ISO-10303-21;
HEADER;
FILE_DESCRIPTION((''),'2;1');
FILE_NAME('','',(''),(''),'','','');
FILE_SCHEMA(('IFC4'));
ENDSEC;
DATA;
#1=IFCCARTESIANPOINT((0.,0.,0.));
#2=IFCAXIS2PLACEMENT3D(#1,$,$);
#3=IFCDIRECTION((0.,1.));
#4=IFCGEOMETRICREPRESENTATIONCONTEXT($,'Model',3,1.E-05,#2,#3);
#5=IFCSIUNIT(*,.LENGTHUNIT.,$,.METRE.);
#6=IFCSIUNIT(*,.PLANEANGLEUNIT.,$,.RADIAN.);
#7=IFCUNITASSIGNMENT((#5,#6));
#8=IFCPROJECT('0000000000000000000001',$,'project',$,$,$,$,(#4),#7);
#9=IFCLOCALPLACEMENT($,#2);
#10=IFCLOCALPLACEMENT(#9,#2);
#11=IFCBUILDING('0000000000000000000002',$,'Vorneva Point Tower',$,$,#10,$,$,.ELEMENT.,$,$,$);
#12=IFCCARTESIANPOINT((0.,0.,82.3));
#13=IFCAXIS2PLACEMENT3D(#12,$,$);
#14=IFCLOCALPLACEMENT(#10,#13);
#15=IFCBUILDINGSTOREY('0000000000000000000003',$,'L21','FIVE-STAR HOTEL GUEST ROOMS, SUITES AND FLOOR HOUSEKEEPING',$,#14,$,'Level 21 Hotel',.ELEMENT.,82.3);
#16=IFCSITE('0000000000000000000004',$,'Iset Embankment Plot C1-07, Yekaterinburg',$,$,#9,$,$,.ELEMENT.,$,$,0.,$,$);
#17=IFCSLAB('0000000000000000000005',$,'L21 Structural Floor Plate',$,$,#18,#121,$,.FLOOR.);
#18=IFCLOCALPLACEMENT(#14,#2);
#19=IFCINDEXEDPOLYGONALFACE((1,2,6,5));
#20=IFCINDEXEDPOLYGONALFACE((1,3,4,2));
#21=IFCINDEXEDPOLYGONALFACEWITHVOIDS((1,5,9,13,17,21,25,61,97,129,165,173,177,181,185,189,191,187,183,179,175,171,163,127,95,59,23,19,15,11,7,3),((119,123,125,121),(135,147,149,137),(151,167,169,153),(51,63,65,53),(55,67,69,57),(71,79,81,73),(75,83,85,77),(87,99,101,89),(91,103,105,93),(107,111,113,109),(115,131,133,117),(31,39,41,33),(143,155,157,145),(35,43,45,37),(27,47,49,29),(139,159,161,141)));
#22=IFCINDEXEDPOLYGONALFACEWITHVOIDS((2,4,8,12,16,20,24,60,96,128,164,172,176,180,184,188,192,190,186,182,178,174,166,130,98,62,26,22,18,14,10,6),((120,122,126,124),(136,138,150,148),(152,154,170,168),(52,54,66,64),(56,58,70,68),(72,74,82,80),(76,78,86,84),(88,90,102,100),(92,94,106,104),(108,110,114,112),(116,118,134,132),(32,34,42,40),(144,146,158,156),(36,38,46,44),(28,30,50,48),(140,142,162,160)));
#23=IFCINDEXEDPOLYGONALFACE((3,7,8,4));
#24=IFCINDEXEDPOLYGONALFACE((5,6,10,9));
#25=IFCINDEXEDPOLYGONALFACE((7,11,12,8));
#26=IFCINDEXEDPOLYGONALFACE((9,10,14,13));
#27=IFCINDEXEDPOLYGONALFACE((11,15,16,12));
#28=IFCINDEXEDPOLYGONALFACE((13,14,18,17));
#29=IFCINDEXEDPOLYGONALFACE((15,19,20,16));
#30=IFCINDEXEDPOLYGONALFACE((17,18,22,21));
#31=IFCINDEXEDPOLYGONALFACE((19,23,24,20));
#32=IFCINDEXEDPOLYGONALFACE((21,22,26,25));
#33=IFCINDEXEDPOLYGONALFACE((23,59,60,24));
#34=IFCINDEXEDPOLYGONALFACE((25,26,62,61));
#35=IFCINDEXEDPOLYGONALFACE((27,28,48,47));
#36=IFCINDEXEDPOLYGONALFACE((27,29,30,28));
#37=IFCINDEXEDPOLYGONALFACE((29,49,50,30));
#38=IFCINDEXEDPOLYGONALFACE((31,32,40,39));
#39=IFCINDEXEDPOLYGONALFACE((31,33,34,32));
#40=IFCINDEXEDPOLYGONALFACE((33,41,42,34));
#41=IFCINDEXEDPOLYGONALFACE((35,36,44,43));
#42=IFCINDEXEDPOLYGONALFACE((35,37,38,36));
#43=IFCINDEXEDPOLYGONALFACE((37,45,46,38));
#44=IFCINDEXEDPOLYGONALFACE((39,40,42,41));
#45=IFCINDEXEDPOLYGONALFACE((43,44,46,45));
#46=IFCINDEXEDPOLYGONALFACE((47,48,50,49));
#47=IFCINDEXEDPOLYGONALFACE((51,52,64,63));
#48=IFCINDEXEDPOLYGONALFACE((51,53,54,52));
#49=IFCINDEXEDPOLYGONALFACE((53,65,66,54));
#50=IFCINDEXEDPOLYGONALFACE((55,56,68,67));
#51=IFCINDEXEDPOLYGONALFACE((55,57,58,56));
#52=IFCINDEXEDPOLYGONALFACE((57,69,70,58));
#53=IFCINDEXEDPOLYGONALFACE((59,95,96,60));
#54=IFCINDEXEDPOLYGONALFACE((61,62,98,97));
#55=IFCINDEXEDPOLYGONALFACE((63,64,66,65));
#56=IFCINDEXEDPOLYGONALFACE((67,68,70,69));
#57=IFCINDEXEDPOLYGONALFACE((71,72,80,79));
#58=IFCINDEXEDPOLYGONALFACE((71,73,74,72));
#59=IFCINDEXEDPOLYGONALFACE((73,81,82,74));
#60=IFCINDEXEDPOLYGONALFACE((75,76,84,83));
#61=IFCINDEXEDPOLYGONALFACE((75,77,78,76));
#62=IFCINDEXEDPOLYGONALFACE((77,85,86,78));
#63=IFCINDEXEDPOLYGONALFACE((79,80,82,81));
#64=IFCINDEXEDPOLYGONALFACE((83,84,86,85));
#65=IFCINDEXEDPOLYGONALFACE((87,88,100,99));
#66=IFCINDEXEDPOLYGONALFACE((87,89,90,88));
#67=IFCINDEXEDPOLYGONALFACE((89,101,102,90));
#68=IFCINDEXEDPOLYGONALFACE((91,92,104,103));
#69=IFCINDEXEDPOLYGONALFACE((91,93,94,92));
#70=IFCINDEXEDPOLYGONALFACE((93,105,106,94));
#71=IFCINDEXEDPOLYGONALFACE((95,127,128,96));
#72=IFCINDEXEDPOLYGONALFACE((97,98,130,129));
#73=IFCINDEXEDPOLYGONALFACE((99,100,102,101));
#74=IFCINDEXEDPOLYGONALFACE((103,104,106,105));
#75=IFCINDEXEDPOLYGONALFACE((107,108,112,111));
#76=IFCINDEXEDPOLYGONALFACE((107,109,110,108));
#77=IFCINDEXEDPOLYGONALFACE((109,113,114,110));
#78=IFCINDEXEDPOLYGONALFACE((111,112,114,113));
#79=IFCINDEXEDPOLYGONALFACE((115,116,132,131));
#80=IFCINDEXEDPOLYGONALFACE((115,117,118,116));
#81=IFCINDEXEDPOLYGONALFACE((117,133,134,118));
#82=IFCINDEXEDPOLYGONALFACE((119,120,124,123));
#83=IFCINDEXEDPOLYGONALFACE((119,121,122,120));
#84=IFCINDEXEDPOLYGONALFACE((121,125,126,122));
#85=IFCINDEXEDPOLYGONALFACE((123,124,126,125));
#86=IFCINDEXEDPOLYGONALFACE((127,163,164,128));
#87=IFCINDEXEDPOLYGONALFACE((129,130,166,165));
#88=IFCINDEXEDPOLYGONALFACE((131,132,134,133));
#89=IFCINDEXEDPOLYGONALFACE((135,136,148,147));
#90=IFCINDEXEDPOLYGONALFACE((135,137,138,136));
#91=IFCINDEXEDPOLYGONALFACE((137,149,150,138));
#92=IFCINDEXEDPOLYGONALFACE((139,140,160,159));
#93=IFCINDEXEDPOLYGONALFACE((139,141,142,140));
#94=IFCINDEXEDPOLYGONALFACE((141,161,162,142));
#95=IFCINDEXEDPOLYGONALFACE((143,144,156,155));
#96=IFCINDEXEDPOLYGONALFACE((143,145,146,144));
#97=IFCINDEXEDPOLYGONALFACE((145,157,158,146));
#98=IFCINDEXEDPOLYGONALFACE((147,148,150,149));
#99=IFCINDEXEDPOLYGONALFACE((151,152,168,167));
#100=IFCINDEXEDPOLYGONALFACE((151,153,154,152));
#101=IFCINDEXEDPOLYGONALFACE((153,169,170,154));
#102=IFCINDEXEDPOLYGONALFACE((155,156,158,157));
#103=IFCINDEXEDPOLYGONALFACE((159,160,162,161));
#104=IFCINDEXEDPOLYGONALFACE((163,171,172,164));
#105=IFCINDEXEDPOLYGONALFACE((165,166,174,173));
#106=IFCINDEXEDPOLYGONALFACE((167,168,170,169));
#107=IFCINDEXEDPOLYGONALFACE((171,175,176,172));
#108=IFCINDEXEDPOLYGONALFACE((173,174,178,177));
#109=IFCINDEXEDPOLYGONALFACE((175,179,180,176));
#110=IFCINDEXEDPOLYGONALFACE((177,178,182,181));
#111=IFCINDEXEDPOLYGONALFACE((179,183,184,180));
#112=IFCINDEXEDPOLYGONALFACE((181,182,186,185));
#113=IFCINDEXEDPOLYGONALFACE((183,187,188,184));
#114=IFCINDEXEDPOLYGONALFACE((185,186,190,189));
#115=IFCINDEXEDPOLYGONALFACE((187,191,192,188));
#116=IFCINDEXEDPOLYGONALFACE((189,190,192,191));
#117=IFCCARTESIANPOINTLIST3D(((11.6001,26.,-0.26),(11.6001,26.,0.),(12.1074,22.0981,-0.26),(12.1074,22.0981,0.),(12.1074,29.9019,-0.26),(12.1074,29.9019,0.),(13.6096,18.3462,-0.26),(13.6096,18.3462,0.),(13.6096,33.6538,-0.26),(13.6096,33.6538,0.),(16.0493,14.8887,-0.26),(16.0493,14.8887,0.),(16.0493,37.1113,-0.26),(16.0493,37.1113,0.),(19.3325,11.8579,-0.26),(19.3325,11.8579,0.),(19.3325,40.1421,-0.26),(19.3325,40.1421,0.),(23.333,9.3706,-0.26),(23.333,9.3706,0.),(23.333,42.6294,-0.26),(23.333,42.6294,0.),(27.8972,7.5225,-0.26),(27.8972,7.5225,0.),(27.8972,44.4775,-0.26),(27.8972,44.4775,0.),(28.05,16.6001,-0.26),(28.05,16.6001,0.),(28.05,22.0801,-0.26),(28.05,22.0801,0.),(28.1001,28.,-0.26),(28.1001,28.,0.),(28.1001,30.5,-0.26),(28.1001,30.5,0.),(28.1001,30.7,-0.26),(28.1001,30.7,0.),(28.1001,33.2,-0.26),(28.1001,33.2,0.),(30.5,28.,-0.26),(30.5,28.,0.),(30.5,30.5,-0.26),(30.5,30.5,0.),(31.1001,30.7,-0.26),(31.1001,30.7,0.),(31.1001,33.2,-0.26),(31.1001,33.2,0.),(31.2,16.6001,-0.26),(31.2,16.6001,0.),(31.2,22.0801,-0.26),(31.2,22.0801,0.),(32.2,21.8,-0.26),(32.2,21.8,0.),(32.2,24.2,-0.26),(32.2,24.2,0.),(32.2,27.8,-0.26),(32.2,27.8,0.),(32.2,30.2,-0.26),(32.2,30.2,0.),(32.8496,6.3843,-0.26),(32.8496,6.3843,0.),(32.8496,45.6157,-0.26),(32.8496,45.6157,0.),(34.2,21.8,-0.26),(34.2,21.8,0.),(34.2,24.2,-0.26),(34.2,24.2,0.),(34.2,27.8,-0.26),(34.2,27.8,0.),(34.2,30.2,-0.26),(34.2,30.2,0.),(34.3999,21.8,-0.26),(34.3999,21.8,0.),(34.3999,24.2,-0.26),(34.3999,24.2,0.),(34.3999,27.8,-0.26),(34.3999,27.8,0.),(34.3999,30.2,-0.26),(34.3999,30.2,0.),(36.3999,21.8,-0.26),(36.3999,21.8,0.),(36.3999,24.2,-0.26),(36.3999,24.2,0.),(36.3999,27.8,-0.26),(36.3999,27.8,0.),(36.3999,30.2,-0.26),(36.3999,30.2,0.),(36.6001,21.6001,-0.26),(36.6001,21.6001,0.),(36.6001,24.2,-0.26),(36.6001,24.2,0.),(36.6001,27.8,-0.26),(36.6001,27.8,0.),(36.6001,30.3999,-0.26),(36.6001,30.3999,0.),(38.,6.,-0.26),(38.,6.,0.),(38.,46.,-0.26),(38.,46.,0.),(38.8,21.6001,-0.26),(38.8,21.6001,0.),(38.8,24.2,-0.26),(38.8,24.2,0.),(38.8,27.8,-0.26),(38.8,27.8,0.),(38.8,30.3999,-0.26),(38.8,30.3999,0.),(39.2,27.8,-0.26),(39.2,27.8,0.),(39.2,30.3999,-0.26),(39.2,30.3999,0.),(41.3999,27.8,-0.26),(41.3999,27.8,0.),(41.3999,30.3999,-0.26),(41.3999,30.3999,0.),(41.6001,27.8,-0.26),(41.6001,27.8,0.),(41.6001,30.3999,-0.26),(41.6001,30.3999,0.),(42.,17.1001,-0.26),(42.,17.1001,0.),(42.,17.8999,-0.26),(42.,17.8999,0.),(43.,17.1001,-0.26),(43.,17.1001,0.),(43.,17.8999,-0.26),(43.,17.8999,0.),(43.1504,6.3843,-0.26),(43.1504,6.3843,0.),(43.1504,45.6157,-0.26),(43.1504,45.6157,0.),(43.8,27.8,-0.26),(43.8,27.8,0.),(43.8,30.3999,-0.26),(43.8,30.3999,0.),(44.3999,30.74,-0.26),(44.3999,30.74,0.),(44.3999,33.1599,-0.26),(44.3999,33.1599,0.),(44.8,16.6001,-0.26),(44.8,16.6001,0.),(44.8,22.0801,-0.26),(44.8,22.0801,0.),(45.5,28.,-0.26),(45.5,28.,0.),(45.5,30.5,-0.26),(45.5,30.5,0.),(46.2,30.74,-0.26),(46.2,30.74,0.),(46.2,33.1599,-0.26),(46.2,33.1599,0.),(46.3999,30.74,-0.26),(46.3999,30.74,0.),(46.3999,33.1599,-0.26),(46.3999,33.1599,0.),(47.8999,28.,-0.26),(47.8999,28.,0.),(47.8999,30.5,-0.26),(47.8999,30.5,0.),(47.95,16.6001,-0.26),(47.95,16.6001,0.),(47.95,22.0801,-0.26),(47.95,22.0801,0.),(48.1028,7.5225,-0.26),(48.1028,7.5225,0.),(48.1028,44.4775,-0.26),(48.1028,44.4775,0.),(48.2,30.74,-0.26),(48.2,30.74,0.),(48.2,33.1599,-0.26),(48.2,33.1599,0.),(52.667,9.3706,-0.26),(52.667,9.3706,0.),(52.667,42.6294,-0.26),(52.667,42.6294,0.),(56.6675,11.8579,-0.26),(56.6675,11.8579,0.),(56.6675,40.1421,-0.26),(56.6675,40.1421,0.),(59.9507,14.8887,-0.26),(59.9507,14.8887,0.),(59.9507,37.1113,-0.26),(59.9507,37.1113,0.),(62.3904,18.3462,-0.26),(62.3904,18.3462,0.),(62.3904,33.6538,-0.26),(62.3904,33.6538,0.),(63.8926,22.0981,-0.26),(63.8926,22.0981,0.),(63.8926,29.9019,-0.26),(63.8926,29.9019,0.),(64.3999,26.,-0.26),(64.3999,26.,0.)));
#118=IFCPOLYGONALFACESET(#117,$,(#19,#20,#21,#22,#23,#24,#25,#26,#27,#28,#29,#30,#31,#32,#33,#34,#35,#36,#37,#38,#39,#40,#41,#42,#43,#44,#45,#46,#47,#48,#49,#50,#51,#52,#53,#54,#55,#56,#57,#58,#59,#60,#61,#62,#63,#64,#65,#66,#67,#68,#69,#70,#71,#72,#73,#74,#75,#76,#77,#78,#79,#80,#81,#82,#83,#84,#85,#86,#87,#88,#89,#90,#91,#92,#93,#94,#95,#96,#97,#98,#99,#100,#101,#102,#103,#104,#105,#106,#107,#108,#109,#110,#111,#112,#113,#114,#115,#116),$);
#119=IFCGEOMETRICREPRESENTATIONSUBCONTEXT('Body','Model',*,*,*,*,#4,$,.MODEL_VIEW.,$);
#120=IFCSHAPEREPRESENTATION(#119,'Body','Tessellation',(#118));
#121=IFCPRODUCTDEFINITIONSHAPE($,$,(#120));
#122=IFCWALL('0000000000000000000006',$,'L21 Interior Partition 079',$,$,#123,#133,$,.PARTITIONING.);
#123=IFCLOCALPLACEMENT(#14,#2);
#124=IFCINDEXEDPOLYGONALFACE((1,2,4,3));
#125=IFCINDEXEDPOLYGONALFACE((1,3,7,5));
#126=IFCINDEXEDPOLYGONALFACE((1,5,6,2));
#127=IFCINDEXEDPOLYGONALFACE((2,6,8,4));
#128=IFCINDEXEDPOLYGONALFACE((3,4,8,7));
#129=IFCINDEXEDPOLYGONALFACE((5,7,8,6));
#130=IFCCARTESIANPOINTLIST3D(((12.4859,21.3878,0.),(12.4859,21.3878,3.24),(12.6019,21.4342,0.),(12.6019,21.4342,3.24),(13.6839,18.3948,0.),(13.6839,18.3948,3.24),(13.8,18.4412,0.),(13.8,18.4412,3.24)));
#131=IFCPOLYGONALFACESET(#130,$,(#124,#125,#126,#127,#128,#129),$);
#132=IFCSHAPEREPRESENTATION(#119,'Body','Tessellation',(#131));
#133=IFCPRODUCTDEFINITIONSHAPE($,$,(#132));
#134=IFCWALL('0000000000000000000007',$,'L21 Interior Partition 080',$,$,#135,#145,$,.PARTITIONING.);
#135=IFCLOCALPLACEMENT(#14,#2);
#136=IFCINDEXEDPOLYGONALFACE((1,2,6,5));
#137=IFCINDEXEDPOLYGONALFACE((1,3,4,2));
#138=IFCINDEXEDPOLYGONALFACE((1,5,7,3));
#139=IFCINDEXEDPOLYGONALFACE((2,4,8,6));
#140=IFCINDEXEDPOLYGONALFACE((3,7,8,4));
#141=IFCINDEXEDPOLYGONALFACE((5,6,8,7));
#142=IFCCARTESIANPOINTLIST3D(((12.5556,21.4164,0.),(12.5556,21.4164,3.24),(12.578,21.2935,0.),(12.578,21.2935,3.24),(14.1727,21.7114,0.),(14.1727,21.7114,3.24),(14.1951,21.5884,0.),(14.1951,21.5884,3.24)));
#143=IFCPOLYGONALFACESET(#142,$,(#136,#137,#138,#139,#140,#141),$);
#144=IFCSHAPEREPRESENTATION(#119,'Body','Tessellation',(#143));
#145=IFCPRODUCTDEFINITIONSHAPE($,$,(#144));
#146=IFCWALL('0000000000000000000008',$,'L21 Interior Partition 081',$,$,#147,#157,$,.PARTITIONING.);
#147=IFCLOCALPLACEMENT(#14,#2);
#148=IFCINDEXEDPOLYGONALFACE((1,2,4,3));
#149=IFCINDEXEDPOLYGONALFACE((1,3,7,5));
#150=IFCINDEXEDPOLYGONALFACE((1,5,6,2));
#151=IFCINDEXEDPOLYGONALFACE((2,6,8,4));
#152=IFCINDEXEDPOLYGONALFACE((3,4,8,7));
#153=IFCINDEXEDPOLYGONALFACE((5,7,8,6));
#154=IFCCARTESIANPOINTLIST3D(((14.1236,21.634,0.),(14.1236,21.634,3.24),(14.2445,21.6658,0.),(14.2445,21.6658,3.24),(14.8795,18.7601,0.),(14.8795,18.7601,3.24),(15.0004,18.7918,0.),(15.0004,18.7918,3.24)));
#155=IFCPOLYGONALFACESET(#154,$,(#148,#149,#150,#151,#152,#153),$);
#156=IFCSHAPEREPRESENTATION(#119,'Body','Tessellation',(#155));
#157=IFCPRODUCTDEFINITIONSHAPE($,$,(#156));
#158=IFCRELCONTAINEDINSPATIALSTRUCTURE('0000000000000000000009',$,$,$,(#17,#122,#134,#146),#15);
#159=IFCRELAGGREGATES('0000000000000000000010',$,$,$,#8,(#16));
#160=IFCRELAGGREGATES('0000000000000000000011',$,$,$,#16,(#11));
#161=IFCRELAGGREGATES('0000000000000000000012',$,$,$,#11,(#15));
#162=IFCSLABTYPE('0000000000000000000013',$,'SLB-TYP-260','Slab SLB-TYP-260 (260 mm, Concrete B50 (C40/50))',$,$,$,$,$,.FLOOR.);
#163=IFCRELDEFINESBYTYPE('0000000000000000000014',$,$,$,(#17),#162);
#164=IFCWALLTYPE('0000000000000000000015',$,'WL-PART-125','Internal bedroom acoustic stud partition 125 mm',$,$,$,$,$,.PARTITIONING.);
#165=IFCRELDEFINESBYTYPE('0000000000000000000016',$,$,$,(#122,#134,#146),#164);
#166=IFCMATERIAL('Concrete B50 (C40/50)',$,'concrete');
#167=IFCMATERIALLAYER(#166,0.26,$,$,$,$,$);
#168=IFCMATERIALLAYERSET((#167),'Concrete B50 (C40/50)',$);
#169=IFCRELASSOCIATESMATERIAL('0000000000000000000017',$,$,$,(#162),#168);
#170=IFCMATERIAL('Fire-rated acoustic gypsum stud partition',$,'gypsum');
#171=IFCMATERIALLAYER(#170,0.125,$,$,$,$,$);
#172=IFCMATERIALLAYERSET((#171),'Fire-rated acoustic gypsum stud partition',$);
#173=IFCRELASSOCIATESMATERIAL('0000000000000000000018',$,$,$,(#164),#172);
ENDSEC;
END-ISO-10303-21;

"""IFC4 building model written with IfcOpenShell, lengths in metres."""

from ifc_helpers import new_model, si_unit, direction, frame, frame_2d, origin, place, context, subcontext, project, spatial, polyline, rectangle, outline, extrude, material, layer, layer_set, type_object, element, save


model = new_model("IFC4")

# Units and contexts
model_context = context("Model", 3, precision=1e-05, world=origin(), true_north=direction((0.0, 1.0)))
body_context = subcontext(model_context, "Body", "Model", "MODEL_VIEW")
ifc_project = project(units=[si_unit("LENGTHUNIT", "METRE"), si_unit("PLANEANGLEUNIT", "RADIAN")], contexts=[model_context])

# Site, building, storey
site_placement = place(None, origin())
site = spatial("IfcSite", under=ifc_project, at=site_placement, Name="Iset Embankment Plot C1-07, Yekaterinburg", CompositionType="ELEMENT", RefElevation=0.0)
building_placement = place(site_placement, origin())
building = spatial("IfcBuilding", under=site, at=building_placement, Name="Vorneva Point Tower", CompositionType="ELEMENT")
storey_placement = place(building_placement, frame((0.0, 0.0, 82.3)))
storey = spatial("IfcBuildingStorey", under=building, at=storey_placement, Name="L21", Description="FIVE-STAR HOTEL GUEST ROOMS, SUITES AND FLOOR HOUSEKEEPING", LongName="Level 21 Hotel", CompositionType="ELEMENT", Elevation=82.3)

# Shared definitions
ifc_material_1 = material(Name="Concrete B50 (C40/50)", Category="concrete")

# Slab
ifc_layer_1 = layer(ifc_material_1, 0.26)
ifc_layer_set_1 = layer_set([ifc_layer_1], Name="Concrete B50 (C40/50)")
slab_type_1 = type_object("IfcSlabType", Name="SLB-TYP-260", Description="Slab SLB-TYP-260 (260 mm, Concrete B50 (C40/50))", PredefinedType="FLOOR", material=ifc_layer_set_1)
slab_1_placement = place(storey_placement, frame((0.0, 0.0, -0.26)))
element("IfcSlab", 1, at=slab_1_placement, inside=storey, type_object=slab_type_1, Name="L21 Structural Floor Plate", PredefinedType="FLOOR", context=body_context, shape_type="SweptSolid", body=[
    extrude(outline(polyline([(64.3999, 26.0), (63.8926, 29.9019), (62.3904, 33.6538), (59.9507, 37.1113), (56.6675, 40.1421), (52.667, 42.6294), (48.1028, 44.4775), (43.1504, 45.6157), (38.0, 46.0), (32.8496, 45.6157), (27.8972, 44.4775), (23.333, 42.6294), (19.3325, 40.1421), (16.0493, 37.1113), (13.6096, 33.6538), (12.1074, 29.9019), (11.6001, 26.0), (12.1074, 22.0981), (13.6096, 18.3462), (16.0493, 14.8887), (19.3325, 11.8579), (23.333, 9.3706), (27.8972, 7.5225), (32.8496, 6.3843), (38.0, 6.0), (43.1504, 6.3843), (48.1028, 7.5225), (52.667, 9.3706), (56.6675, 11.8579), (59.9507, 14.8887), (62.3904, 18.3462), (63.8926, 22.0981), (64.3999, 26.0)]), holes=[polyline([(32.2, 27.8), (34.2, 27.8), (34.2, 30.2), (32.2, 30.2), (32.2, 27.8)]), polyline([(34.3999, 27.8), (36.3999, 27.8), (36.3999, 30.2), (34.3999, 30.2), (34.3999, 27.8)]), polyline([(36.6001, 27.8), (38.8, 27.8), (38.8, 30.3999), (36.6001, 30.3999), (36.6001, 27.8)]), polyline([(32.2, 21.8), (34.2, 21.8), (34.2, 24.2), (32.2, 24.2), (32.2, 21.8)]), polyline([(34.3999, 21.8), (36.3999, 21.8), (36.3999, 24.2), (34.3999, 24.2), (34.3999, 21.8)]), polyline([(36.6001, 21.6001), (38.8, 21.6001), (38.8, 24.2), (36.6001, 24.2), (36.6001, 21.6001)]), polyline([(39.2, 27.8), (41.3999, 27.8), (41.3999, 30.3999), (39.2, 30.3999), (39.2, 27.8)]), polyline([(41.6001, 27.8), (43.8, 27.8), (43.8, 30.3999), (41.6001, 30.3999), (41.6001, 27.8)]), polyline([(44.3999, 30.74), (46.2, 30.74), (46.2, 33.1599), (44.3999, 33.1599), (44.3999, 30.74)]), polyline([(46.3999, 30.74), (48.2, 30.74), (48.2, 33.1599), (46.3999, 33.1599), (46.3999, 30.74)]), polyline([(28.1001, 28.0), (30.5, 28.0), (30.5, 30.5), (28.1001, 30.5), (28.1001, 28.0)]), polyline([(45.5, 28.0), (47.8999, 28.0), (47.8999, 30.5), (45.5, 30.5), (45.5, 28.0)]), polyline([(28.1001, 30.7), (31.1001, 30.7), (31.1001, 33.2), (28.1001, 33.2), (28.1001, 30.7)]), polyline([(28.05, 16.6001), (31.2, 16.6001), (31.2, 22.0801), (28.05, 22.0801), (28.05, 16.6001)]), polyline([(44.8, 16.6001), (47.95, 16.6001), (47.95, 22.0801), (44.8, 22.0801), (44.8, 16.6001)]), polyline([(42.0, 17.1001), (43.0, 17.1001), (43.0, 17.8999), (42.0, 17.8999), (42.0, 17.1001)])]), origin(), (0.0, 0.0, 1.0), 0.26),
])

# Walls
ifc_material_2 = material(Name="Fire-rated acoustic gypsum stud partition", Category="gypsum")
ifc_layer_2 = layer(ifc_material_2, 0.125)
ifc_layer_set_2 = layer_set([ifc_layer_2], Name="Fire-rated acoustic gypsum stud partition")
wall_type_1 = type_object("IfcWallType", Name="WL-PART-125", Description="Internal bedroom acoustic stud partition 125 mm", PredefinedType="PARTITIONING", material=ifc_layer_set_2)
wall_1_placement = place(storey_placement, frame((12.5439, 21.4109, 0.0), z_axis=(0.0, 0.0, 1.0), x_axis=(0.371613, -0.928388, 0.0)))
element("IfcWall", 2, at=wall_1_placement, inside=storey, type_object=wall_type_1, Name="L21 Interior Partition 079", PredefinedType="PARTITIONING", context=body_context, shape_type="SweptSolid", body=[
    extrude(rectangle(XDim=3.2239, YDim=0.125, at=frame_2d((1.6118, 0.0))), origin(), (0.0, 0.0, 1.0), 3.24),
])
wall_2_placement = place(storey_placement, frame((12.5669, 21.355, 0.0), z_axis=(0.0, 0.0, 1.0), x_axis=(0.983775, 0.179408, 0.0)))
element("IfcWall", 3, at=wall_2_placement, inside=storey, type_object=wall_type_1, Name="L21 Interior Partition 080", PredefinedType="PARTITIONING", context=body_context, shape_type="SweptSolid", body=[
    extrude(rectangle(XDim=1.6438, YDim=0.125, at=frame_2d((0.8218, 0.0))), origin(), (0.0, 0.0, 1.0), 3.24),
])
wall_3_placement = place(storey_placement, frame((14.1841, 21.6499, 0.0), z_axis=(0.0, 0.0, 1.0), x_axis=(0.254348, -0.967113, 0.0)))
element("IfcWall", 4, at=wall_3_placement, inside=storey, type_object=wall_type_1, Name="L21 Interior Partition 081", PredefinedType="PARTITIONING", context=body_context, shape_type="SweptSolid", body=[
    extrude(rectangle(XDim=2.9717, YDim=0.125, at=frame_2d((1.4858, 0.0))), origin(), (0.0, 0.0, 1.0), 3.24),
])

save(model, "model.ifc")
